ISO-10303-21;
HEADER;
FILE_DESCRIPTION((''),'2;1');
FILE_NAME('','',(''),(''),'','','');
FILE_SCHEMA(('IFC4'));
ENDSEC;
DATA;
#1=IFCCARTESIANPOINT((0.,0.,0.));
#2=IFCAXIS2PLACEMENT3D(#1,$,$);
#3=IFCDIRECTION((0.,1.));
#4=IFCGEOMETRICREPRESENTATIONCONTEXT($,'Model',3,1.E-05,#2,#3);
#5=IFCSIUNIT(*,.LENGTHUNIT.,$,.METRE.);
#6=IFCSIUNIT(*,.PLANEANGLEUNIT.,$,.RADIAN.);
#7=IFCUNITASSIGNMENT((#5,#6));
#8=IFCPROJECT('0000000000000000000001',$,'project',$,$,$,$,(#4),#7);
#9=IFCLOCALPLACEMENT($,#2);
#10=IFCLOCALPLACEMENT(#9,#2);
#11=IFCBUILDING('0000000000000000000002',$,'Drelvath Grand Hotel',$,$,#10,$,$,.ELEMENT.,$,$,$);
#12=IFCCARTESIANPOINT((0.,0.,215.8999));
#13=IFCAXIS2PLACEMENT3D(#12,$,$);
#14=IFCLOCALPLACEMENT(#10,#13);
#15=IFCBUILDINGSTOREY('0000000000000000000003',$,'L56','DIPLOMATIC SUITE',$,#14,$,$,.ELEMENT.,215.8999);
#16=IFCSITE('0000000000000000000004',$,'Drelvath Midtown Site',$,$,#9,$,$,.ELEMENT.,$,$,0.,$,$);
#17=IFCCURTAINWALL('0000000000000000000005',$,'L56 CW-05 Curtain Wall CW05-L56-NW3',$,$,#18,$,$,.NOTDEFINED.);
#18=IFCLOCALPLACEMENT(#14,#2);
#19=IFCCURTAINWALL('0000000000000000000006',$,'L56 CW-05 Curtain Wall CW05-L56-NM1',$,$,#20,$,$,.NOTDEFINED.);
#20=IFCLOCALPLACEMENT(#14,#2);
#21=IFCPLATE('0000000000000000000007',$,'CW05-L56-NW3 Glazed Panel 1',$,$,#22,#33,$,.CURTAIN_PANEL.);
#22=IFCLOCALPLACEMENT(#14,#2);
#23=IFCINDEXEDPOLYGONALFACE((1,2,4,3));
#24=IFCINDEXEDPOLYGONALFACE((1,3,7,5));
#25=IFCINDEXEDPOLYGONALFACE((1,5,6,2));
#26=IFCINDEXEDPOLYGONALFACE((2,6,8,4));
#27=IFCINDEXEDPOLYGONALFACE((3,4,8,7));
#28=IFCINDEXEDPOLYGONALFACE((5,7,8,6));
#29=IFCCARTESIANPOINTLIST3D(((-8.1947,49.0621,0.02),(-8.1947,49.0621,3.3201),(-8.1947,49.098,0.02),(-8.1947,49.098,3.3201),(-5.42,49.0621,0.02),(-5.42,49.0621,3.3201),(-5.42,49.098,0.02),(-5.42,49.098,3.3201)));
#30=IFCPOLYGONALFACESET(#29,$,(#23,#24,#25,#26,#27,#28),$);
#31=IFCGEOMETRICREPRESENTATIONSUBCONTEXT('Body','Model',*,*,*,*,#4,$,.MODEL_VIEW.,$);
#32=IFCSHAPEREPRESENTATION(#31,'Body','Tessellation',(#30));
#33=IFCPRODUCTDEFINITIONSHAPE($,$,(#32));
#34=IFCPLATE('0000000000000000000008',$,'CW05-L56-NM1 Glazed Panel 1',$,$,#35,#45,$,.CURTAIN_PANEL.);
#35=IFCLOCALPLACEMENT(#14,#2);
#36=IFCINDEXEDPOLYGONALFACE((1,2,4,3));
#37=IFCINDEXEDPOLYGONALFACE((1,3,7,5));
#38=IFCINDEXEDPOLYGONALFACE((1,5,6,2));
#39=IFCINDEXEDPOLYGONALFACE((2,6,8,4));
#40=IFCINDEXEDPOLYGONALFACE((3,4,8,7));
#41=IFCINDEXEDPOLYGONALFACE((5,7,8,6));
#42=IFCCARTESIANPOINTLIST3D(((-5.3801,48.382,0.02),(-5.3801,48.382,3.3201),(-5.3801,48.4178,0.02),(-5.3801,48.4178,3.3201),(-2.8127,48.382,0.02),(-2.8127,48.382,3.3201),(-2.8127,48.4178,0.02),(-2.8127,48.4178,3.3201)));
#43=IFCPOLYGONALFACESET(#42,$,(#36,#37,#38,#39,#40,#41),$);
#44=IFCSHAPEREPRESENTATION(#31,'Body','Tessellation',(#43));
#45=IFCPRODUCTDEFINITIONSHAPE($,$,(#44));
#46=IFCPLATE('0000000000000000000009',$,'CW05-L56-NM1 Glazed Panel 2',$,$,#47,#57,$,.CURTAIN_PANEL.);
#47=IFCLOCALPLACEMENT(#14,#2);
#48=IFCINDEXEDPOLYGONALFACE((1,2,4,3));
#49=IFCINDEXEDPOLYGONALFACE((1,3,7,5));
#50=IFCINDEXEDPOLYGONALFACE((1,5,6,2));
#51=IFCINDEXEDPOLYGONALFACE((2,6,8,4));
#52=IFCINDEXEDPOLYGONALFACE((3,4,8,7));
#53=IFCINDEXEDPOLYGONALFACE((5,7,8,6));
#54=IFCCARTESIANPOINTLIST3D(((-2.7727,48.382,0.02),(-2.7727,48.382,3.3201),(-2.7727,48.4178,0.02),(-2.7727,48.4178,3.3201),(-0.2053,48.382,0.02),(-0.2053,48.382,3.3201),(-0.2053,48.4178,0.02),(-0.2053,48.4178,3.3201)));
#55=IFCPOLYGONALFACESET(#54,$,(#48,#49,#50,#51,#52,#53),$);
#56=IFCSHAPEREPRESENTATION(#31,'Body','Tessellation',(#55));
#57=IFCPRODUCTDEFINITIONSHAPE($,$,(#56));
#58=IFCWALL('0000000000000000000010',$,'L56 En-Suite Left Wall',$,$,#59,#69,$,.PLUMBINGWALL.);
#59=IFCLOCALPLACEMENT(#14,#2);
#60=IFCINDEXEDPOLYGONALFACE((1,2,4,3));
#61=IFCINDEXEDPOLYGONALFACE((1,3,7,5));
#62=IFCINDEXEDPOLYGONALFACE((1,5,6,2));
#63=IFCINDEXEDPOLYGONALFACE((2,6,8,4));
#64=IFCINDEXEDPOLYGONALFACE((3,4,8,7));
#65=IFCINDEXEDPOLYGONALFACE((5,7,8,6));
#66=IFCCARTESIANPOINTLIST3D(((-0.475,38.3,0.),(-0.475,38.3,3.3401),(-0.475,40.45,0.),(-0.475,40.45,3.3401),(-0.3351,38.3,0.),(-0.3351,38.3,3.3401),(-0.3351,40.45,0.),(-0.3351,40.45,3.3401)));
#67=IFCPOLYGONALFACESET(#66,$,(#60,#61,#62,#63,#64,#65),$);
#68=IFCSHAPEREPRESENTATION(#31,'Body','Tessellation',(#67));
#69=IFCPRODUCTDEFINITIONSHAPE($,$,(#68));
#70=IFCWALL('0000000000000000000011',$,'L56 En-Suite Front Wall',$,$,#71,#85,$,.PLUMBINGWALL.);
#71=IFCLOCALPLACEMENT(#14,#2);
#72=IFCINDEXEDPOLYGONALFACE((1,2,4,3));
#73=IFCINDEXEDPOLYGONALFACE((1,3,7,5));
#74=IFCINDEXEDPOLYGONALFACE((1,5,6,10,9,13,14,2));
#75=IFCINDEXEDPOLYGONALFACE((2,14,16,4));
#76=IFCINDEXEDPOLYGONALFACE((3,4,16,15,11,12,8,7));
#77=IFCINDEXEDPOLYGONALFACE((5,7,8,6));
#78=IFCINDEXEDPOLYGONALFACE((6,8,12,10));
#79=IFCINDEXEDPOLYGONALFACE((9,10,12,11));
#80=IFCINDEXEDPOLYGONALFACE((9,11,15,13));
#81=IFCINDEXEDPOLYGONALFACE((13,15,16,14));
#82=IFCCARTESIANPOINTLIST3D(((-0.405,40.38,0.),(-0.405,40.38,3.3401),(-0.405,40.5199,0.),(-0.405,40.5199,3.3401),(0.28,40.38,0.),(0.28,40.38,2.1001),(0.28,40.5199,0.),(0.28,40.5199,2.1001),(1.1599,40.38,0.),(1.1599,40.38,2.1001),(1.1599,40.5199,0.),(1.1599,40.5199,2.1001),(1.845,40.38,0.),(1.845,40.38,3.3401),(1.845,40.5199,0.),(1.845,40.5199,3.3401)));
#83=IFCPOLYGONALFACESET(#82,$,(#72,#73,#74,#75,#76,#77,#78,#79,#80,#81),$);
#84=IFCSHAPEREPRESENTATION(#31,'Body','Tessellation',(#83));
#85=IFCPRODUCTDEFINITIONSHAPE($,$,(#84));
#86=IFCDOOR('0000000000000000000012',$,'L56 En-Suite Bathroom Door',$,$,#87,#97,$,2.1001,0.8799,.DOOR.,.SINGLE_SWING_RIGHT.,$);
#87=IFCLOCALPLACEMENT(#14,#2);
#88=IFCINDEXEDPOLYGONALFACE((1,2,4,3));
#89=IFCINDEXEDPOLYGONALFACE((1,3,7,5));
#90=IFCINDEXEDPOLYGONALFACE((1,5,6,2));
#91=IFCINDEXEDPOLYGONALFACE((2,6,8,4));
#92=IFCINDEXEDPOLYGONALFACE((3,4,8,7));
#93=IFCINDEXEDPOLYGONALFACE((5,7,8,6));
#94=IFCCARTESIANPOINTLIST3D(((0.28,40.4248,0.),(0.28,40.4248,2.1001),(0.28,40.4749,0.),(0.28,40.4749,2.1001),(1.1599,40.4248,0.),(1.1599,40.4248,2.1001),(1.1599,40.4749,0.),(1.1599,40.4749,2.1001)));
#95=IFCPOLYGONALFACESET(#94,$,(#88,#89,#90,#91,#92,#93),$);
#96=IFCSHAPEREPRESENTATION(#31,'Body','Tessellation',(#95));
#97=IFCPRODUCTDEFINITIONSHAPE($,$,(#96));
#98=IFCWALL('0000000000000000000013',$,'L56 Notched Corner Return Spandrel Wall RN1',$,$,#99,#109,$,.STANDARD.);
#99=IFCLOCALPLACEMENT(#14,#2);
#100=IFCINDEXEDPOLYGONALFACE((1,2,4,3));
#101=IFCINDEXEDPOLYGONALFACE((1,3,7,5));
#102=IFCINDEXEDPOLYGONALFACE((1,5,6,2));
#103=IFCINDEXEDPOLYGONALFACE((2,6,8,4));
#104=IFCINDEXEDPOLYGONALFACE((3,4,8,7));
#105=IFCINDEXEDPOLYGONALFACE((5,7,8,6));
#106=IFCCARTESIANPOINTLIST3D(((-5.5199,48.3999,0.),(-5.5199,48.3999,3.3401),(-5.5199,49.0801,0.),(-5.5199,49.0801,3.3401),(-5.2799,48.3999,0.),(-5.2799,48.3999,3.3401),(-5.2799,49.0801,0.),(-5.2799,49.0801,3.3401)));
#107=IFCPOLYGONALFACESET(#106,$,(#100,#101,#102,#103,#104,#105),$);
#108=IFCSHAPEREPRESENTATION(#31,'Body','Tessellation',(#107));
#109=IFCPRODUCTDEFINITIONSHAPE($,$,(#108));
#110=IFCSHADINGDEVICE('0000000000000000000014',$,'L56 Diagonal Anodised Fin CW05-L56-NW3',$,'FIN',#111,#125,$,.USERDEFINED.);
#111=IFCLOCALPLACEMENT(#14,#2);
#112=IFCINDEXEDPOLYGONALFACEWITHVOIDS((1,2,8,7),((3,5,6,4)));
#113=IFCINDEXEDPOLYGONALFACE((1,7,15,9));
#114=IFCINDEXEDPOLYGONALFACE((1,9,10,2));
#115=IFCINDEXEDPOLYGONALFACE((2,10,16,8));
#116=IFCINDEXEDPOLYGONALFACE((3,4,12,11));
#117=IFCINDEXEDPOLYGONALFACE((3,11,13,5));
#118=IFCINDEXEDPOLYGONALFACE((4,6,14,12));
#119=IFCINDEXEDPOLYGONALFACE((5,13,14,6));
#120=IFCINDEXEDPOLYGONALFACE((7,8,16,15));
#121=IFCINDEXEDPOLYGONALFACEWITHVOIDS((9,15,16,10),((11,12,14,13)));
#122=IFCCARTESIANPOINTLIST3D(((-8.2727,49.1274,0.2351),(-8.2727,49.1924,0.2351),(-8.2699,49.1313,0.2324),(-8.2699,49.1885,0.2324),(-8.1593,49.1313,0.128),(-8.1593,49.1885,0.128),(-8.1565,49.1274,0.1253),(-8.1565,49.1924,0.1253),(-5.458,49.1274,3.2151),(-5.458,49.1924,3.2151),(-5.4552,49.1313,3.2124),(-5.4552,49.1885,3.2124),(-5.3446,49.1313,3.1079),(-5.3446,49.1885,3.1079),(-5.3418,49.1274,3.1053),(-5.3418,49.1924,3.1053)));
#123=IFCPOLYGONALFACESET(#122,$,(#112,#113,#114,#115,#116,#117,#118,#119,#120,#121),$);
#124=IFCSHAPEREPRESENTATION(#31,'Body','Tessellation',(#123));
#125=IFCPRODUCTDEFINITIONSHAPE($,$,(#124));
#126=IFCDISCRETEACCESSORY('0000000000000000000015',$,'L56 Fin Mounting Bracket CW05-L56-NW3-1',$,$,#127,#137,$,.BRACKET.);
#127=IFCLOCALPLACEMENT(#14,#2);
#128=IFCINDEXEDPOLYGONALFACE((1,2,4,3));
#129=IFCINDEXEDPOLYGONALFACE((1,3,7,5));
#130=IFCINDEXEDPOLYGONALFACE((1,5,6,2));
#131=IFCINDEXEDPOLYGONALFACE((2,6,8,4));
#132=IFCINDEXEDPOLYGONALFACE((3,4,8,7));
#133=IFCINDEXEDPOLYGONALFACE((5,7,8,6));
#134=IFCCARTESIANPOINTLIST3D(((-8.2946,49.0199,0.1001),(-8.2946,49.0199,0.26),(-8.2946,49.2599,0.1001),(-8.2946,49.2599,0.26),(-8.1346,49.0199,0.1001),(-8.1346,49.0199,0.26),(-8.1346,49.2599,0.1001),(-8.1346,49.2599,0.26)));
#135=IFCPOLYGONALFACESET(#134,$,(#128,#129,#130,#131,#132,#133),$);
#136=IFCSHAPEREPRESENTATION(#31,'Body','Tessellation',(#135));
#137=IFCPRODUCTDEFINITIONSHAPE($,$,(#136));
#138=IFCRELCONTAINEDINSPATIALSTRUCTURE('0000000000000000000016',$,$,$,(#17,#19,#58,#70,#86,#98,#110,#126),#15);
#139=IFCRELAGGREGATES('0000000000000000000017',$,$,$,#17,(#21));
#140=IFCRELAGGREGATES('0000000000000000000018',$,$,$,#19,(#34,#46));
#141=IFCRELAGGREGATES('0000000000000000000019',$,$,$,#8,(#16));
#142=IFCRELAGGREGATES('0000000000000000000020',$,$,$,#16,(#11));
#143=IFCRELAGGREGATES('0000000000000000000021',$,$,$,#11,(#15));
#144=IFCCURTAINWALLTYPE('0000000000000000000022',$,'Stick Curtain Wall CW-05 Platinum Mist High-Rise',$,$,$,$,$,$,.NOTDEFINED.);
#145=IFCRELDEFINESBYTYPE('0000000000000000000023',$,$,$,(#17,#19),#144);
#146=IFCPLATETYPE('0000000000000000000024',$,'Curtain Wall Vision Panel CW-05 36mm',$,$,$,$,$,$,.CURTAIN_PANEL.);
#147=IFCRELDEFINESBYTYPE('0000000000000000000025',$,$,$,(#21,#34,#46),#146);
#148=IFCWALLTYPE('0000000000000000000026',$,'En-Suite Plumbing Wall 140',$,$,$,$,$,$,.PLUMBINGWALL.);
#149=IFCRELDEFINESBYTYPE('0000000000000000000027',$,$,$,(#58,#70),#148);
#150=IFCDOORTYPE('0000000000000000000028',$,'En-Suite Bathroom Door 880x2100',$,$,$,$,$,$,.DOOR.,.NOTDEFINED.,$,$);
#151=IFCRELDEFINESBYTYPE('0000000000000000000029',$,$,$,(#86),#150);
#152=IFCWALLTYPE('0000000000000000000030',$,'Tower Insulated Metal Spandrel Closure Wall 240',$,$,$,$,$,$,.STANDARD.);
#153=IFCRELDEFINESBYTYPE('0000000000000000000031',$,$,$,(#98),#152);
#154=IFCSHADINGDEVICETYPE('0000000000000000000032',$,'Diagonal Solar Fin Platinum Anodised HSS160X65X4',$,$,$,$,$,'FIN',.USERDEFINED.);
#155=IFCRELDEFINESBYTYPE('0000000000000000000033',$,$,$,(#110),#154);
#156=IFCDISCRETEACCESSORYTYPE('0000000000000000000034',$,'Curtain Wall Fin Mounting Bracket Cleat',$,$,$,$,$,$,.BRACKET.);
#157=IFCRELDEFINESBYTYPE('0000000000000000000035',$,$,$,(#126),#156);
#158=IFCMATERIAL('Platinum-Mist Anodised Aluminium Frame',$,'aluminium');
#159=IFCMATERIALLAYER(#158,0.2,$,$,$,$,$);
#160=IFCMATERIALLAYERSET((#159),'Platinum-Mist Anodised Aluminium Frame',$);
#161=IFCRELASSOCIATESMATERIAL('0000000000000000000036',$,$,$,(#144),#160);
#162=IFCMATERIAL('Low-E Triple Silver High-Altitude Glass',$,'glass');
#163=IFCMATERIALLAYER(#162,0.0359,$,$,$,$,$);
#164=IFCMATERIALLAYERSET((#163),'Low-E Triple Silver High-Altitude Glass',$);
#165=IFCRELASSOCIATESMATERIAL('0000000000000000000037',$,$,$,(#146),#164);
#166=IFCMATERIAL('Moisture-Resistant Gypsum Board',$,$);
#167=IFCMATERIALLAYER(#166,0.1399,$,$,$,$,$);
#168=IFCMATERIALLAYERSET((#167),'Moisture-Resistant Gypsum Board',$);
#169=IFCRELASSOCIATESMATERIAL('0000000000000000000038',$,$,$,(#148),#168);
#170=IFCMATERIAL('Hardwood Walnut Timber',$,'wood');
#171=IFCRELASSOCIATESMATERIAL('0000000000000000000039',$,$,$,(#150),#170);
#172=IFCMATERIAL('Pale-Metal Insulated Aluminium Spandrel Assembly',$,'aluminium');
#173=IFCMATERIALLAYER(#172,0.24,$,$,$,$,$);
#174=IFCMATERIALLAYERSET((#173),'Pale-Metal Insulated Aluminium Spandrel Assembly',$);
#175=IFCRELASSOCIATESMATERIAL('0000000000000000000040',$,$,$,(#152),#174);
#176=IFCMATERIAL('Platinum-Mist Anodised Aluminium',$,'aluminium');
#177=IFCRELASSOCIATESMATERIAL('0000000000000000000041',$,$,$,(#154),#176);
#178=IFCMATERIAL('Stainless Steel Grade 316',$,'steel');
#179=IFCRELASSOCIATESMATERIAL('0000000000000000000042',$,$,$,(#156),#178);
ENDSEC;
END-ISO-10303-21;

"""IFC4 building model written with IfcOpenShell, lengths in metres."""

from ifc_helpers import new_model, si_unit, direction, frame, frame_2d, origin, origin_2d, place, context, subcontext, project, spatial, rectangle, hollow_rectangle, extrude, material, layer, layer_set, material_profile, profile_set, type_object, element, fill, aggregate, save


model = new_model("IFC4")

# Units and contexts
model_context = context("Model", 3, precision=1e-05, world=origin(), true_north=direction((0.0, 1.0)))
body_context = subcontext(model_context, "Body", "Model", "MODEL_VIEW")
ifc_project = project(units=[si_unit("LENGTHUNIT", "METRE"), si_unit("PLANEANGLEUNIT", "RADIAN")], contexts=[model_context])

# Site, building, storey
site_placement = place(None, origin())
site = spatial("IfcSite", under=ifc_project, at=site_placement, Name="Drelvath Midtown Site", CompositionType="ELEMENT", RefElevation=0.0)
building_placement = place(site_placement, origin())
building = spatial("IfcBuilding", under=site, at=building_placement, Name="Drelvath Grand Hotel", CompositionType="ELEMENT")
storey_placement = place(building_placement, frame((0.0, 0.0, 215.8999)))
storey = spatial("IfcBuildingStorey", under=building, at=storey_placement, Name="L56", Description="DIPLOMATIC SUITE", CompositionType="ELEMENT", Elevation=215.8999)

# Curtain walls
ifc_material_1 = material(Name="Platinum-Mist Anodised Aluminium Frame", Category="aluminium")
ifc_layer_1 = layer(ifc_material_1, 0.2)
ifc_layer_set_1 = layer_set([ifc_layer_1], Name="Platinum-Mist Anodised Aluminium Frame")
curtain_wall_type = type_object("IfcCurtainWallType", Name="Stick Curtain Wall CW-05 Platinum Mist High-Rise", PredefinedType="NOTDEFINED", material=ifc_layer_set_1)
curtain_wall_1_placement = place(storey_placement, origin())
curtain_wall_1 = element("IfcCurtainWall", 1, at=curtain_wall_1_placement, inside=storey, type_object=curtain_wall_type, Name="L56 CW-05 Curtain Wall CW05-L56-NW3", PredefinedType="NOTDEFINED")
curtain_wall_2_placement = place(storey_placement, origin())
curtain_wall_2 = element("IfcCurtainWall", 2, at=curtain_wall_2_placement, inside=storey, type_object=curtain_wall_type, Name="L56 CW-05 Curtain Wall CW05-L56-NM1", PredefinedType="NOTDEFINED")

# Plates
ifc_material_2 = material(Name="Low-E Triple Silver High-Altitude Glass", Category="glass")
ifc_layer_2 = layer(ifc_material_2, 0.0359)
ifc_layer_set_2 = layer_set([ifc_layer_2], Name="Low-E Triple Silver High-Altitude Glass")
plate_type = type_object("IfcPlateType", Name="Curtain Wall Vision Panel CW-05 36mm", PredefinedType="CURTAIN_PANEL", material=ifc_layer_set_2)
plate_1_placement = place(storey_placement, frame((-6.8074, 49.0801, 0.02), z_axis=(0.0, 0.0, 1.0), x_axis=(1.0, 0.0, 0.0)))
plate_1 = element("IfcPlate", 3, at=plate_1_placement, type_object=plate_type, Name="CW05-L56-NW3 Glazed Panel 1", PredefinedType="CURTAIN_PANEL", context=body_context, shape_type="SweptSolid", body=[
    extrude(rectangle(XDim=2.7747, YDim=0.0359, at=origin_2d()), origin(), (0.0, 0.0, 1.0), 3.3),
])
aggregate(curtain_wall_1, [plate_1])
plate_2_placement = place(storey_placement, frame((-4.0964, 48.3999, 0.02), z_axis=(0.0, 0.0, 1.0), x_axis=(1.0, 0.0, 0.0)))
plate_2 = element("IfcPlate", 4, at=plate_2_placement, type_object=plate_type, Name="CW05-L56-NM1 Glazed Panel 1", PredefinedType="CURTAIN_PANEL", context=body_context, shape_type="SweptSolid", body=[
    extrude(rectangle(XDim=2.5674, YDim=0.0359, at=origin_2d()), origin(), (0.0, 0.0, 1.0), 3.3),
])
plate_3_placement = place(storey_placement, frame((-1.489, 48.3999, 0.02), z_axis=(0.0, 0.0, 1.0), x_axis=(1.0, 0.0, 0.0)))
plate_3 = element("IfcPlate", 5, at=plate_3_placement, type_object=plate_type, Name="CW05-L56-NM1 Glazed Panel 2", PredefinedType="CURTAIN_PANEL", context=body_context, shape_type="SweptSolid", body=[
    extrude(rectangle(XDim=2.5674, YDim=0.0359, at=origin_2d()), origin(), (0.0, 0.0, 1.0), 3.3),
])
aggregate(curtain_wall_2, [plate_2, plate_3])

# Wall
ifc_material_3 = material(Name="Moisture-Resistant Gypsum Board")
ifc_layer_3 = layer(ifc_material_3, 0.1399)
ifc_layer_set_3 = layer_set([ifc_layer_3], Name="Moisture-Resistant Gypsum Board")
wall_type_1 = type_object("IfcWallType", Name="En-Suite Plumbing Wall 140", PredefinedType="PLUMBINGWALL", material=ifc_layer_set_3)
wall_1_placement = place(storey_placement, frame((-0.405, 38.3, 0.0), z_axis=(0.0, 0.0, 1.0), x_axis=(0.0, 1.0, 0.0)))
element("IfcWall", 6, at=wall_1_placement, inside=storey, type_object=wall_type_1, Name="L56 En-Suite Left Wall", PredefinedType="PLUMBINGWALL", context=body_context, shape_type="SweptSolid", body=[
    extrude(rectangle(XDim=2.1499, YDim=0.1399, at=frame_2d((1.075, 0.0))), origin(), (0.0, 0.0, 1.0), 3.3401),
])

# Wall, opening, door
wall_2_placement = place(storey_placement, frame((-0.405, 40.45, 0.0), z_axis=(0.0, 0.0, 1.0), x_axis=(1.0, 0.0, 0.0)))
wall_2 = element("IfcWall", 7, at=wall_2_placement, inside=storey, type_object=wall_type_1, Name="L56 En-Suite Front Wall", PredefinedType="PLUMBINGWALL", context=body_context, shape_type="SweptSolid", body=[
    extrude(rectangle(XDim=2.25, YDim=0.1399, at=frame_2d((1.125, 0.0))), origin(), (0.0, 0.0, 1.0), 3.3401),
])
opening_placement = place(wall_2_placement, frame((0.6851, 0.0, 0.0)))
opening = element("IfcOpeningElement", 8, at=opening_placement, cuts=wall_2, PredefinedType="OPENING", context=body_context, shape_type="SweptSolid", body=[
    extrude(rectangle(XDim=0.8799, YDim=2.1001, at=frame_2d((0.4399, 1.05))), frame((0.0, 0.0798, 0.0), z_axis=(0.0, -1.0, 0.0), x_axis=(1.0, 0.0, 0.0)), (0.0, 0.0, 1.0), 0.1599),
])
ifc_material_4 = material(Name="Hardwood Walnut Timber", Category="wood")
door_type = type_object("IfcDoorType", Name="En-Suite Bathroom Door 880x2100", OperationType="NOTDEFINED", PredefinedType="DOOR", material=ifc_material_4)
door_placement = place(opening_placement, origin())
door = element("IfcDoor", 9, at=door_placement, inside=storey, type_object=door_type, Name="L56 En-Suite Bathroom Door", OperationType="SINGLE_SWING_RIGHT", OverallHeight=2.1001, OverallWidth=0.8799, PredefinedType="DOOR", context=body_context, shape_type="SweptSolid", body=[
    extrude(rectangle(XDim=0.8799, YDim=2.1001, at=frame_2d((0.4399, 1.05))), frame((0.0, 0.0249, 0.0), z_axis=(0.0, -1.0, 0.0), x_axis=(1.0, 0.0, 0.0)), (0.0, 0.0, 1.0), 0.05),
])
fill(opening, door)

# Wall
ifc_material_5 = material(Name="Pale-Metal Insulated Aluminium Spandrel Assembly", Category="aluminium")
ifc_layer_4 = layer(ifc_material_5, 0.24)
ifc_layer_set_4 = layer_set([ifc_layer_4], Name="Pale-Metal Insulated Aluminium Spandrel Assembly")
wall_type_2 = type_object("IfcWallType", Name="Tower Insulated Metal Spandrel Closure Wall 240", PredefinedType="STANDARD", material=ifc_layer_set_4)
wall_3_placement = place(storey_placement, frame((-5.3999, 49.0801, 0.0), z_axis=(0.0, 0.0, 1.0), x_axis=(0.0, -1.0, 0.0)))
element("IfcWall", 10, at=wall_3_placement, inside=storey, type_object=wall_type_2, Name="L56 Notched Corner Return Spandrel Wall RN1", PredefinedType="STANDARD", context=body_context, shape_type="SweptSolid", body=[
    extrude(rectangle(XDim=0.6802, YDim=0.24, at=frame_2d((0.3401, 0.0))), origin(), (0.0, 0.0, 1.0), 3.3401),
])

# Shading device
ifc_material_6 = material(Name="Platinum-Mist Anodised Aluminium", Category="aluminium")
ifc_material_profile_1 = material_profile(ifc_material_6, hollow_rectangle(XDim=0.0649, YDim=0.1599, WallThickness=0.0039, at=origin_2d()), Name="HSS160X65X4")
ifc_profile_set_1 = profile_set([ifc_material_profile_1], Name="Platinum-Mist Anodised Aluminium")
shading_device_type = type_object("IfcShadingDeviceType", Name="Diagonal Solar Fin Platinum Anodised HSS160X65X4", ElementType="FIN", PredefinedType="USERDEFINED", material=ifc_profile_set_1)
shading_device_placement = place(storey_placement, frame((-8.2146, 49.1599, 0.1802), z_axis=(0.686659, 0.0, 0.72698), x_axis=(0.0, 1.0, 0.0)))
element("IfcShadingDevice", 11, at=shading_device_placement, inside=storey, type_object=shading_device_type, Name="L56 Diagonal Anodised Fin CW05-L56-NW3", ObjectType="FIN", PredefinedType="USERDEFINED", context=body_context, shape_type="SweptSolid", body=[
    extrude(hollow_rectangle(XDim=0.0649, YDim=0.1599, WallThickness=0.0039, at=origin_2d()), origin(), (0.0, 0.0, 1.0), 4.0991),
])

# Discrete accessory
ifc_material_7 = material(Name="Stainless Steel Grade 316", Category="steel")
discrete_accessory_type = type_object("IfcDiscreteAccessoryType", Name="Curtain Wall Fin Mounting Bracket Cleat", PredefinedType="BRACKET", material=ifc_material_7)
discrete_accessory_placement = place(storey_placement, frame((-8.2146, 49.1399, 0.1001), z_axis=(0.0, 0.0, 1.0), x_axis=(1.0, 0.0, 0.0)))
element("IfcDiscreteAccessory", 12, at=discrete_accessory_placement, inside=storey, type_object=discrete_accessory_type, Name="L56 Fin Mounting Bracket CW05-L56-NW3-1", PredefinedType="BRACKET", context=body_context, shape_type="SweptSolid", body=[
    extrude(rectangle(XDim=0.1599, YDim=0.24, at=origin_2d()), origin(), (0.0, 0.0, 1.0), 0.1599),
])

save(model, "model.ifc")
